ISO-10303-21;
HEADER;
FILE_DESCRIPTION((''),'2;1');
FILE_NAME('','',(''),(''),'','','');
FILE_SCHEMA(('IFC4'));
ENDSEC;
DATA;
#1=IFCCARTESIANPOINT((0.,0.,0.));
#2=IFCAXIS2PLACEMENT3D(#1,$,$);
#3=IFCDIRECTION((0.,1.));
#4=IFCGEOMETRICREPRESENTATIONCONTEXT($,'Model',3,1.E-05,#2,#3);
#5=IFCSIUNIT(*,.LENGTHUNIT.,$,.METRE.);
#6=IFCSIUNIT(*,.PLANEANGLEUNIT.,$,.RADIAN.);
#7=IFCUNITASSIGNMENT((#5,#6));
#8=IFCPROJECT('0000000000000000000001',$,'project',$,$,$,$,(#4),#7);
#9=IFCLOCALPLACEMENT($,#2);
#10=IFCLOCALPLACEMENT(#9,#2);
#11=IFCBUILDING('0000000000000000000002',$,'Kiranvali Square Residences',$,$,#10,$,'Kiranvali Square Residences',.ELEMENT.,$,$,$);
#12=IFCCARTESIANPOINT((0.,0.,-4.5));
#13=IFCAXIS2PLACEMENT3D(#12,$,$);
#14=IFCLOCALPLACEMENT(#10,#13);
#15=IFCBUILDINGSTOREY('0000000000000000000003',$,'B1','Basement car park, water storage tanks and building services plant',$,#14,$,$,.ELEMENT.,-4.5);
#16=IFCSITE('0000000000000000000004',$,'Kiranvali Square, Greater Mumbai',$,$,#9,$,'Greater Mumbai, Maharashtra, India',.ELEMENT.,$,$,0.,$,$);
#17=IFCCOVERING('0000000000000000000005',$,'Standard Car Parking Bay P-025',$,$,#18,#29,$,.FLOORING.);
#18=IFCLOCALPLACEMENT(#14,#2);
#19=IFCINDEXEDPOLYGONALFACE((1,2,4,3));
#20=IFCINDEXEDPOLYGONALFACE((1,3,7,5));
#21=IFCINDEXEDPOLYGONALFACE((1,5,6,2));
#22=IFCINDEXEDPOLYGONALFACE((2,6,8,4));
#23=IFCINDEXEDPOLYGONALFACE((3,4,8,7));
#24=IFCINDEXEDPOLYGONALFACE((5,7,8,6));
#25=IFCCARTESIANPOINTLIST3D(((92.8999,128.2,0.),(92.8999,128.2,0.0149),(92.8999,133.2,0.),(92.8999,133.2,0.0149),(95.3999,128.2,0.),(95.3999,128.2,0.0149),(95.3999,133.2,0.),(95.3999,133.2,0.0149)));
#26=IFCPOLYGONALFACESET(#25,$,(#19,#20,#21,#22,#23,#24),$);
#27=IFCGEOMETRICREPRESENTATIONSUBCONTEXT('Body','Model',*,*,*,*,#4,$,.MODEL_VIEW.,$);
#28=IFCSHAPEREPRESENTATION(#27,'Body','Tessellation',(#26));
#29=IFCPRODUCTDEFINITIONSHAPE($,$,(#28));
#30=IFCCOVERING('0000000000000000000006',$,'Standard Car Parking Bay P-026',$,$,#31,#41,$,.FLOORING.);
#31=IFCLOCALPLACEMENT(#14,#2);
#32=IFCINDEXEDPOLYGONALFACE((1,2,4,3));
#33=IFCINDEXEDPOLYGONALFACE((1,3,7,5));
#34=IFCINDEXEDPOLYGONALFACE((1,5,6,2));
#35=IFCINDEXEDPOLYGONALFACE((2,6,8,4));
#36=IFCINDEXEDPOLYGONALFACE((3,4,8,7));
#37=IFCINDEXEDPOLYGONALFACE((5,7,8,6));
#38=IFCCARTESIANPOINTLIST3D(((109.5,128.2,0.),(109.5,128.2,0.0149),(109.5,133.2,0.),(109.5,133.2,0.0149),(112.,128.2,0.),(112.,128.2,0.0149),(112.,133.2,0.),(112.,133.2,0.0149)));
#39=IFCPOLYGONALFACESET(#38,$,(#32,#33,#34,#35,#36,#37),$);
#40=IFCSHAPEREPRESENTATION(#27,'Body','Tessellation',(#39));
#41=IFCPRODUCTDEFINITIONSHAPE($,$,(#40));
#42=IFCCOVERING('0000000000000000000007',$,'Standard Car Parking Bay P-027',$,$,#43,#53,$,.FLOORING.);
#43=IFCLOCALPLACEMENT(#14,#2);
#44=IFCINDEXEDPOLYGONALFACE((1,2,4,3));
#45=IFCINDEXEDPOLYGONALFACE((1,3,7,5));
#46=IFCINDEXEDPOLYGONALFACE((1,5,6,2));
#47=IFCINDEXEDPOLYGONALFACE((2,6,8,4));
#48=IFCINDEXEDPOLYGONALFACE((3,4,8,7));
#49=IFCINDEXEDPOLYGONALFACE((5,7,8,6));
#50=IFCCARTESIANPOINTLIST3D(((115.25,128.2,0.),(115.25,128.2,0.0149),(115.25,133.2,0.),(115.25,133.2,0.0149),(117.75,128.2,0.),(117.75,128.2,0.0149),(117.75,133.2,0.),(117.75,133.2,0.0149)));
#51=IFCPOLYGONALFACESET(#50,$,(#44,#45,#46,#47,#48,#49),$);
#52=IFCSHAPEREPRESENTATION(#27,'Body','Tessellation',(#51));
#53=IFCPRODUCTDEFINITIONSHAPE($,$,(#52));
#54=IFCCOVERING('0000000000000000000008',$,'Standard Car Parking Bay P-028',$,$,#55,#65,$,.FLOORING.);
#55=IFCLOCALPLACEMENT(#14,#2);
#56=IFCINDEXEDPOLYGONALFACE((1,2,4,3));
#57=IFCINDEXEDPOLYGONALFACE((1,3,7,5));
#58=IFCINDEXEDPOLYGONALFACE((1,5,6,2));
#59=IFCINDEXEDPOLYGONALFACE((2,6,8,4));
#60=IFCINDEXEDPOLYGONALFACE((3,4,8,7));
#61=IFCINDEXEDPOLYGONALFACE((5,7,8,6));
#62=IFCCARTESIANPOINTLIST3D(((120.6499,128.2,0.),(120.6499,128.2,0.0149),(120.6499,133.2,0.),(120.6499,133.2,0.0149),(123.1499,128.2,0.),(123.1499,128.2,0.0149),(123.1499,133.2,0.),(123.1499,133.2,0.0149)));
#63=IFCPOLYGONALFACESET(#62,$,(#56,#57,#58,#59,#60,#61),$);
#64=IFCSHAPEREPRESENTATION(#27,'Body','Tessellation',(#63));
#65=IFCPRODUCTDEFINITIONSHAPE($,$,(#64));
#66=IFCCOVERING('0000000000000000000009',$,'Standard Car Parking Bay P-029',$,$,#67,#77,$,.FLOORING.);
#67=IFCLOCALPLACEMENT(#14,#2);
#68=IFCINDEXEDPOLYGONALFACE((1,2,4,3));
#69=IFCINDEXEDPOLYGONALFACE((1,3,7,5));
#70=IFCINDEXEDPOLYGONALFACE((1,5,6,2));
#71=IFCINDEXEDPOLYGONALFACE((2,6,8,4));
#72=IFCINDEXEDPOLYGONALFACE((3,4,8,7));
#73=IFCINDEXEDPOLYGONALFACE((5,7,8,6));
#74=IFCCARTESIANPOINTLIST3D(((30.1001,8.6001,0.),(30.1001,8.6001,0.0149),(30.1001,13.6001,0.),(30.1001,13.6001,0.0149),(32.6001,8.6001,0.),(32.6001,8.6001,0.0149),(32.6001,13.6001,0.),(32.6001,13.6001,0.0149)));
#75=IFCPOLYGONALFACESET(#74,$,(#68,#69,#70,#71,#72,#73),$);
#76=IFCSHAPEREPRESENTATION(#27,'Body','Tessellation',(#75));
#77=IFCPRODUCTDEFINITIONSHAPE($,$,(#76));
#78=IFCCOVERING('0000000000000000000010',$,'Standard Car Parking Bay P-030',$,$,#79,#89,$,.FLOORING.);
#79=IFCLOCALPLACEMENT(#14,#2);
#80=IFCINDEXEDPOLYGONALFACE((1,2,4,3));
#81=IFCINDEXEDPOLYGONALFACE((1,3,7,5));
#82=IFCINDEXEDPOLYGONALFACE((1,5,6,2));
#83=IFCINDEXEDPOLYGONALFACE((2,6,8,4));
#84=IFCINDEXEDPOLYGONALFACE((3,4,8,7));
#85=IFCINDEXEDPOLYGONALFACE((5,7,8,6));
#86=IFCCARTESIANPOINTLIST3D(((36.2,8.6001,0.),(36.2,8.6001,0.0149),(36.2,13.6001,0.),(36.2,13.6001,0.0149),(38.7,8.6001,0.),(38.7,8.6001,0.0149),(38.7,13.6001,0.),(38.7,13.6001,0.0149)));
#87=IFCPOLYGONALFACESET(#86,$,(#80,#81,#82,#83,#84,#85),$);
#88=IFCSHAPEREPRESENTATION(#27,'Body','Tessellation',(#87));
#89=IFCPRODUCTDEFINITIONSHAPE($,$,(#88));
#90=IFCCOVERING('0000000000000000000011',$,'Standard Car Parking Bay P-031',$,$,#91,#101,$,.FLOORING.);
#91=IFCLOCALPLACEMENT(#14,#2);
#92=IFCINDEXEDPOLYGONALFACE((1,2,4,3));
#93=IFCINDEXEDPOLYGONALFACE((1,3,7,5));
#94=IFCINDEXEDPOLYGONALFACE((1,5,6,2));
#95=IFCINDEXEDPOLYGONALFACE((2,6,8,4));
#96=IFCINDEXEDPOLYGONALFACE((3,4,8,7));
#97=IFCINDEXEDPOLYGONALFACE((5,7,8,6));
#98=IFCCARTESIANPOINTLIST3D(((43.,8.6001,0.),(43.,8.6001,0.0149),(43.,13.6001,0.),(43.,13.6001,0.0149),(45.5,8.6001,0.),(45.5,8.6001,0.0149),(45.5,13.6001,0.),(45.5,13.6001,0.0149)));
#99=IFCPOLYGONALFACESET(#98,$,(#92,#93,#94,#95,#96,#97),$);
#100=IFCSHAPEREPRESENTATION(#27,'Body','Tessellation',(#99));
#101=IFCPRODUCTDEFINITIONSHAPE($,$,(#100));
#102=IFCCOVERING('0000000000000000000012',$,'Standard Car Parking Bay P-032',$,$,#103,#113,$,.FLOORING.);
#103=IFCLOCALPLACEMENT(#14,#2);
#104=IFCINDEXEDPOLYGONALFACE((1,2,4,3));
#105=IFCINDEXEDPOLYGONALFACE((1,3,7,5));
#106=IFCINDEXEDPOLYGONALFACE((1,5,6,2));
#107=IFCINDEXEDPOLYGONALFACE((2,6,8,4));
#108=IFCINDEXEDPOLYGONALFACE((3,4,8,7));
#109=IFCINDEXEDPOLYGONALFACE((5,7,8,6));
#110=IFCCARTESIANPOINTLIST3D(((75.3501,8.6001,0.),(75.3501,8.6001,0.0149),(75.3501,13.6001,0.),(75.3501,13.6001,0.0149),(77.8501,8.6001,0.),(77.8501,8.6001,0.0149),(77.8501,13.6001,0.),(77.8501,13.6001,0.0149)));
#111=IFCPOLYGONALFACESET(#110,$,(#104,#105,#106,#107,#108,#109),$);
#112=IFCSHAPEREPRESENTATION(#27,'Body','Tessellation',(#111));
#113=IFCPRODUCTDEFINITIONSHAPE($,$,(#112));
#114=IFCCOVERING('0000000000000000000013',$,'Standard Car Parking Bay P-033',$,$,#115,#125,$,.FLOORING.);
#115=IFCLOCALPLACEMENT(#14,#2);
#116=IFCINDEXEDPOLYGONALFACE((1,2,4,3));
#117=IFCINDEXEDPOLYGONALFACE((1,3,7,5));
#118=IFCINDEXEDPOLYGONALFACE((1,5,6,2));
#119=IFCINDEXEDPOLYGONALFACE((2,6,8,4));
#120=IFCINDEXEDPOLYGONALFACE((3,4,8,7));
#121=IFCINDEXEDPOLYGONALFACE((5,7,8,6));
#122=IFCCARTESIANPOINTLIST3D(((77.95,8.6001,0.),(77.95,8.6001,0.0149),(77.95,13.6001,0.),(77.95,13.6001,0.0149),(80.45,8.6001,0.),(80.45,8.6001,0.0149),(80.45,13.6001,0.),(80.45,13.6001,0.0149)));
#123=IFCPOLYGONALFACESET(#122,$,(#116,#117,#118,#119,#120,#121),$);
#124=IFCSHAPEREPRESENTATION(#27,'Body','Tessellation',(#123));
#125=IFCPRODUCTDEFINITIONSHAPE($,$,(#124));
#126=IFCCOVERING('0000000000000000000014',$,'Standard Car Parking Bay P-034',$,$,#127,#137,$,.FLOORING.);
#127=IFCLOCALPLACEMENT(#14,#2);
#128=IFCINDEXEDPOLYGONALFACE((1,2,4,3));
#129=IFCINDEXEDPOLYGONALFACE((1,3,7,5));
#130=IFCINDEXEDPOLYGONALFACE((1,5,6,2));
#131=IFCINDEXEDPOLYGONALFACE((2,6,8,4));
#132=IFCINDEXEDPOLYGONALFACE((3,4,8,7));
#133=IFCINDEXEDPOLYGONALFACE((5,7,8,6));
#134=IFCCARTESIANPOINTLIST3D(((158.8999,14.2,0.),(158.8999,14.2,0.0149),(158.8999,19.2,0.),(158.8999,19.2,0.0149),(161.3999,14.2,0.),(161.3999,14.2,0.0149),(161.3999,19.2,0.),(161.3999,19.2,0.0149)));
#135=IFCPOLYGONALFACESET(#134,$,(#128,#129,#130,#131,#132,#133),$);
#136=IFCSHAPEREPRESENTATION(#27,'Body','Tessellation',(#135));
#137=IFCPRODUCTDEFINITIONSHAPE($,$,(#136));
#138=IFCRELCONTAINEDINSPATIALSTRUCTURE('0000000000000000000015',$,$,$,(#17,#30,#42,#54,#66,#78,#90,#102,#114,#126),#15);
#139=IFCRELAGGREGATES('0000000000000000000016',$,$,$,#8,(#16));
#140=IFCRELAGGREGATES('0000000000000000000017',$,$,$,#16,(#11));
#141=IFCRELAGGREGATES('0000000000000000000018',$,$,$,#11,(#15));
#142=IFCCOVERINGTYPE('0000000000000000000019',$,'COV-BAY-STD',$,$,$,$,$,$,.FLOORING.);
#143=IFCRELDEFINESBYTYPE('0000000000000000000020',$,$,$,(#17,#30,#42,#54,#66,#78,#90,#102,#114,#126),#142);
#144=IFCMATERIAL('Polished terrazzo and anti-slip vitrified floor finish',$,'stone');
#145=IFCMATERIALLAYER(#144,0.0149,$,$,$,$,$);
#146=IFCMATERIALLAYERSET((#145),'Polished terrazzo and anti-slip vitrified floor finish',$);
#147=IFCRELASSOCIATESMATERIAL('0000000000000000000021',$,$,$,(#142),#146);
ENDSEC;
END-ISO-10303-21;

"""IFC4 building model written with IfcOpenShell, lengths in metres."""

from ifc_helpers import new_model, si_unit, direction, frame, origin, place, context, subcontext, project, spatial, polyline, outline, extrude, material, layer, layer_set, type_object, element, save


model = new_model("IFC4")

# Units and contexts
model_context = context("Model", 3, precision=1e-05, world=origin(), true_north=direction((0.0, 1.0)))
body_context = subcontext(model_context, "Body", "Model", "MODEL_VIEW")
ifc_project = project(units=[si_unit("LENGTHUNIT", "METRE"), si_unit("PLANEANGLEUNIT", "RADIAN")], contexts=[model_context])

# Site, building, storey
site_placement = place(None, origin())
site = spatial("IfcSite", under=ifc_project, at=site_placement, Name="Kiranvali Square, Greater Mumbai", LongName="Greater Mumbai, Maharashtra, India", CompositionType="ELEMENT", RefElevation=0.0)
building_placement = place(site_placement, origin())
building = spatial("IfcBuilding", under=site, at=building_placement, Name="Kiranvali Square Residences", LongName="Kiranvali Square Residences", CompositionType="ELEMENT")
storey_placement = place(building_placement, frame((0.0, 0.0, -4.5)))
storey = spatial("IfcBuildingStorey", under=building, at=storey_placement, Name="B1", Description="Basement car park, water storage tanks and building services plant", CompositionType="ELEMENT", Elevation=-4.5)

# Coverings
ifc_material = material(Name="Polished terrazzo and anti-slip vitrified floor finish", Category="stone")
ifc_layer = layer(ifc_material, 0.0149)
ifc_layer_set = layer_set([ifc_layer], Name="Polished terrazzo and anti-slip vitrified floor finish")
covering_type = type_object("IfcCoveringType", Name="COV-BAY-STD", PredefinedType="FLOORING", material=ifc_layer_set)
covering_1_placement = place(storey_placement, origin())
element("IfcCovering", 1, at=covering_1_placement, inside=storey, type_object=covering_type, Name="Standard Car Parking Bay P-025", PredefinedType="FLOORING", context=body_context, shape_type="SweptSolid", body=[
    extrude(outline(polyline([(92.8999, 128.2), (95.3999, 128.2), (95.3999, 133.2), (92.8999, 133.2), (92.8999, 128.2)])), origin(), (0.0, 0.0, 1.0), 0.0149),
])
covering_2_placement = place(storey_placement, origin())
element("IfcCovering", 2, at=covering_2_placement, inside=storey, type_object=covering_type, Name="Standard Car Parking Bay P-026", PredefinedType="FLOORING", context=body_context, shape_type="SweptSolid", body=[
    extrude(outline(polyline([(109.5, 128.2), (112.0, 128.2), (112.0, 133.2), (109.5, 133.2), (109.5, 128.2)])), origin(), (0.0, 0.0, 1.0), 0.0149),
])
covering_3_placement = place(storey_placement, origin())
element("IfcCovering", 3, at=covering_3_placement, inside=storey, type_object=covering_type, Name="Standard Car Parking Bay P-027", PredefinedType="FLOORING", context=body_context, shape_type="SweptSolid", body=[
    extrude(outline(polyline([(115.25, 128.2), (117.75, 128.2), (117.75, 133.2), (115.25, 133.2), (115.25, 128.2)])), origin(), (0.0, 0.0, 1.0), 0.0149),
])
covering_4_placement = place(storey_placement, origin())
element("IfcCovering", 4, at=covering_4_placement, inside=storey, type_object=covering_type, Name="Standard Car Parking Bay P-028", PredefinedType="FLOORING", context=body_context, shape_type="SweptSolid", body=[
    extrude(outline(polyline([(120.6499, 128.2), (123.1499, 128.2), (123.1499, 133.2), (120.6499, 133.2), (120.6499, 128.2)])), origin(), (0.0, 0.0, 1.0), 0.0149),
])
covering_5_placement = place(storey_placement, origin())
element("IfcCovering", 5, at=covering_5_placement, inside=storey, type_object=covering_type, Name="Standard Car Parking Bay P-029", PredefinedType="FLOORING", context=body_context, shape_type="SweptSolid", body=[
    extrude(outline(polyline([(30.1001, 8.6001), (32.6001, 8.6001), (32.6001, 13.6001), (30.1001, 13.6001), (30.1001, 8.6001)])), origin(), (0.0, 0.0, 1.0), 0.0149),
])
covering_6_placement = place(storey_placement, origin())
element("IfcCovering", 6, at=covering_6_placement, inside=storey, type_object=covering_type, Name="Standard Car Parking Bay P-030", PredefinedType="FLOORING", context=body_context, shape_type="SweptSolid", body=[
    extrude(outline(polyline([(36.2, 8.6001), (38.7, 8.6001), (38.7, 13.6001), (36.2, 13.6001), (36.2, 8.6001)])), origin(), (0.0, 0.0, 1.0), 0.0149),
])
covering_7_placement = place(storey_placement, origin())
element("IfcCovering", 7, at=covering_7_placement, inside=storey, type_object=covering_type, Name="Standard Car Parking Bay P-031", PredefinedType="FLOORING", context=body_context, shape_type="SweptSolid", body=[
    extrude(outline(polyline([(43.0, 8.6001), (45.5, 8.6001), (45.5, 13.6001), (43.0, 13.6001), (43.0, 8.6001)])), origin(), (0.0, 0.0, 1.0), 0.0149),
])
covering_8_placement = place(storey_placement, origin())
element("IfcCovering", 8, at=covering_8_placement, inside=storey, type_object=covering_type, Name="Standard Car Parking Bay P-032", PredefinedType="FLOORING", context=body_context, shape_type="SweptSolid", body=[
    extrude(outline(polyline([(75.3501, 8.6001), (77.8501, 8.6001), (77.8501, 13.6001), (75.3501, 13.6001), (75.3501, 8.6001)])), origin(), (0.0, 0.0, 1.0), 0.0149),
])
covering_9_placement = place(storey_placement, origin())
element("IfcCovering", 9, at=covering_9_placement, inside=storey, type_object=covering_type, Name="Standard Car Parking Bay P-033", PredefinedType="FLOORING", context=body_context, shape_type="SweptSolid", body=[
    extrude(outline(polyline([(77.95, 8.6001), (80.45, 8.6001), (80.45, 13.6001), (77.95, 13.6001), (77.95, 8.6001)])), origin(), (0.0, 0.0, 1.0), 0.0149),
])
covering_10_placement = place(storey_placement, origin())
element("IfcCovering", 10, at=covering_10_placement, inside=storey, type_object=covering_type, Name="Standard Car Parking Bay P-034", PredefinedType="FLOORING", context=body_context, shape_type="SweptSolid", body=[
    extrude(outline(polyline([(158.8999, 14.2), (161.3999, 14.2), (161.3999, 19.2), (158.8999, 19.2), (158.8999, 14.2)])), origin(), (0.0, 0.0, 1.0), 0.0149),
])

save(model, "model.ifc")
